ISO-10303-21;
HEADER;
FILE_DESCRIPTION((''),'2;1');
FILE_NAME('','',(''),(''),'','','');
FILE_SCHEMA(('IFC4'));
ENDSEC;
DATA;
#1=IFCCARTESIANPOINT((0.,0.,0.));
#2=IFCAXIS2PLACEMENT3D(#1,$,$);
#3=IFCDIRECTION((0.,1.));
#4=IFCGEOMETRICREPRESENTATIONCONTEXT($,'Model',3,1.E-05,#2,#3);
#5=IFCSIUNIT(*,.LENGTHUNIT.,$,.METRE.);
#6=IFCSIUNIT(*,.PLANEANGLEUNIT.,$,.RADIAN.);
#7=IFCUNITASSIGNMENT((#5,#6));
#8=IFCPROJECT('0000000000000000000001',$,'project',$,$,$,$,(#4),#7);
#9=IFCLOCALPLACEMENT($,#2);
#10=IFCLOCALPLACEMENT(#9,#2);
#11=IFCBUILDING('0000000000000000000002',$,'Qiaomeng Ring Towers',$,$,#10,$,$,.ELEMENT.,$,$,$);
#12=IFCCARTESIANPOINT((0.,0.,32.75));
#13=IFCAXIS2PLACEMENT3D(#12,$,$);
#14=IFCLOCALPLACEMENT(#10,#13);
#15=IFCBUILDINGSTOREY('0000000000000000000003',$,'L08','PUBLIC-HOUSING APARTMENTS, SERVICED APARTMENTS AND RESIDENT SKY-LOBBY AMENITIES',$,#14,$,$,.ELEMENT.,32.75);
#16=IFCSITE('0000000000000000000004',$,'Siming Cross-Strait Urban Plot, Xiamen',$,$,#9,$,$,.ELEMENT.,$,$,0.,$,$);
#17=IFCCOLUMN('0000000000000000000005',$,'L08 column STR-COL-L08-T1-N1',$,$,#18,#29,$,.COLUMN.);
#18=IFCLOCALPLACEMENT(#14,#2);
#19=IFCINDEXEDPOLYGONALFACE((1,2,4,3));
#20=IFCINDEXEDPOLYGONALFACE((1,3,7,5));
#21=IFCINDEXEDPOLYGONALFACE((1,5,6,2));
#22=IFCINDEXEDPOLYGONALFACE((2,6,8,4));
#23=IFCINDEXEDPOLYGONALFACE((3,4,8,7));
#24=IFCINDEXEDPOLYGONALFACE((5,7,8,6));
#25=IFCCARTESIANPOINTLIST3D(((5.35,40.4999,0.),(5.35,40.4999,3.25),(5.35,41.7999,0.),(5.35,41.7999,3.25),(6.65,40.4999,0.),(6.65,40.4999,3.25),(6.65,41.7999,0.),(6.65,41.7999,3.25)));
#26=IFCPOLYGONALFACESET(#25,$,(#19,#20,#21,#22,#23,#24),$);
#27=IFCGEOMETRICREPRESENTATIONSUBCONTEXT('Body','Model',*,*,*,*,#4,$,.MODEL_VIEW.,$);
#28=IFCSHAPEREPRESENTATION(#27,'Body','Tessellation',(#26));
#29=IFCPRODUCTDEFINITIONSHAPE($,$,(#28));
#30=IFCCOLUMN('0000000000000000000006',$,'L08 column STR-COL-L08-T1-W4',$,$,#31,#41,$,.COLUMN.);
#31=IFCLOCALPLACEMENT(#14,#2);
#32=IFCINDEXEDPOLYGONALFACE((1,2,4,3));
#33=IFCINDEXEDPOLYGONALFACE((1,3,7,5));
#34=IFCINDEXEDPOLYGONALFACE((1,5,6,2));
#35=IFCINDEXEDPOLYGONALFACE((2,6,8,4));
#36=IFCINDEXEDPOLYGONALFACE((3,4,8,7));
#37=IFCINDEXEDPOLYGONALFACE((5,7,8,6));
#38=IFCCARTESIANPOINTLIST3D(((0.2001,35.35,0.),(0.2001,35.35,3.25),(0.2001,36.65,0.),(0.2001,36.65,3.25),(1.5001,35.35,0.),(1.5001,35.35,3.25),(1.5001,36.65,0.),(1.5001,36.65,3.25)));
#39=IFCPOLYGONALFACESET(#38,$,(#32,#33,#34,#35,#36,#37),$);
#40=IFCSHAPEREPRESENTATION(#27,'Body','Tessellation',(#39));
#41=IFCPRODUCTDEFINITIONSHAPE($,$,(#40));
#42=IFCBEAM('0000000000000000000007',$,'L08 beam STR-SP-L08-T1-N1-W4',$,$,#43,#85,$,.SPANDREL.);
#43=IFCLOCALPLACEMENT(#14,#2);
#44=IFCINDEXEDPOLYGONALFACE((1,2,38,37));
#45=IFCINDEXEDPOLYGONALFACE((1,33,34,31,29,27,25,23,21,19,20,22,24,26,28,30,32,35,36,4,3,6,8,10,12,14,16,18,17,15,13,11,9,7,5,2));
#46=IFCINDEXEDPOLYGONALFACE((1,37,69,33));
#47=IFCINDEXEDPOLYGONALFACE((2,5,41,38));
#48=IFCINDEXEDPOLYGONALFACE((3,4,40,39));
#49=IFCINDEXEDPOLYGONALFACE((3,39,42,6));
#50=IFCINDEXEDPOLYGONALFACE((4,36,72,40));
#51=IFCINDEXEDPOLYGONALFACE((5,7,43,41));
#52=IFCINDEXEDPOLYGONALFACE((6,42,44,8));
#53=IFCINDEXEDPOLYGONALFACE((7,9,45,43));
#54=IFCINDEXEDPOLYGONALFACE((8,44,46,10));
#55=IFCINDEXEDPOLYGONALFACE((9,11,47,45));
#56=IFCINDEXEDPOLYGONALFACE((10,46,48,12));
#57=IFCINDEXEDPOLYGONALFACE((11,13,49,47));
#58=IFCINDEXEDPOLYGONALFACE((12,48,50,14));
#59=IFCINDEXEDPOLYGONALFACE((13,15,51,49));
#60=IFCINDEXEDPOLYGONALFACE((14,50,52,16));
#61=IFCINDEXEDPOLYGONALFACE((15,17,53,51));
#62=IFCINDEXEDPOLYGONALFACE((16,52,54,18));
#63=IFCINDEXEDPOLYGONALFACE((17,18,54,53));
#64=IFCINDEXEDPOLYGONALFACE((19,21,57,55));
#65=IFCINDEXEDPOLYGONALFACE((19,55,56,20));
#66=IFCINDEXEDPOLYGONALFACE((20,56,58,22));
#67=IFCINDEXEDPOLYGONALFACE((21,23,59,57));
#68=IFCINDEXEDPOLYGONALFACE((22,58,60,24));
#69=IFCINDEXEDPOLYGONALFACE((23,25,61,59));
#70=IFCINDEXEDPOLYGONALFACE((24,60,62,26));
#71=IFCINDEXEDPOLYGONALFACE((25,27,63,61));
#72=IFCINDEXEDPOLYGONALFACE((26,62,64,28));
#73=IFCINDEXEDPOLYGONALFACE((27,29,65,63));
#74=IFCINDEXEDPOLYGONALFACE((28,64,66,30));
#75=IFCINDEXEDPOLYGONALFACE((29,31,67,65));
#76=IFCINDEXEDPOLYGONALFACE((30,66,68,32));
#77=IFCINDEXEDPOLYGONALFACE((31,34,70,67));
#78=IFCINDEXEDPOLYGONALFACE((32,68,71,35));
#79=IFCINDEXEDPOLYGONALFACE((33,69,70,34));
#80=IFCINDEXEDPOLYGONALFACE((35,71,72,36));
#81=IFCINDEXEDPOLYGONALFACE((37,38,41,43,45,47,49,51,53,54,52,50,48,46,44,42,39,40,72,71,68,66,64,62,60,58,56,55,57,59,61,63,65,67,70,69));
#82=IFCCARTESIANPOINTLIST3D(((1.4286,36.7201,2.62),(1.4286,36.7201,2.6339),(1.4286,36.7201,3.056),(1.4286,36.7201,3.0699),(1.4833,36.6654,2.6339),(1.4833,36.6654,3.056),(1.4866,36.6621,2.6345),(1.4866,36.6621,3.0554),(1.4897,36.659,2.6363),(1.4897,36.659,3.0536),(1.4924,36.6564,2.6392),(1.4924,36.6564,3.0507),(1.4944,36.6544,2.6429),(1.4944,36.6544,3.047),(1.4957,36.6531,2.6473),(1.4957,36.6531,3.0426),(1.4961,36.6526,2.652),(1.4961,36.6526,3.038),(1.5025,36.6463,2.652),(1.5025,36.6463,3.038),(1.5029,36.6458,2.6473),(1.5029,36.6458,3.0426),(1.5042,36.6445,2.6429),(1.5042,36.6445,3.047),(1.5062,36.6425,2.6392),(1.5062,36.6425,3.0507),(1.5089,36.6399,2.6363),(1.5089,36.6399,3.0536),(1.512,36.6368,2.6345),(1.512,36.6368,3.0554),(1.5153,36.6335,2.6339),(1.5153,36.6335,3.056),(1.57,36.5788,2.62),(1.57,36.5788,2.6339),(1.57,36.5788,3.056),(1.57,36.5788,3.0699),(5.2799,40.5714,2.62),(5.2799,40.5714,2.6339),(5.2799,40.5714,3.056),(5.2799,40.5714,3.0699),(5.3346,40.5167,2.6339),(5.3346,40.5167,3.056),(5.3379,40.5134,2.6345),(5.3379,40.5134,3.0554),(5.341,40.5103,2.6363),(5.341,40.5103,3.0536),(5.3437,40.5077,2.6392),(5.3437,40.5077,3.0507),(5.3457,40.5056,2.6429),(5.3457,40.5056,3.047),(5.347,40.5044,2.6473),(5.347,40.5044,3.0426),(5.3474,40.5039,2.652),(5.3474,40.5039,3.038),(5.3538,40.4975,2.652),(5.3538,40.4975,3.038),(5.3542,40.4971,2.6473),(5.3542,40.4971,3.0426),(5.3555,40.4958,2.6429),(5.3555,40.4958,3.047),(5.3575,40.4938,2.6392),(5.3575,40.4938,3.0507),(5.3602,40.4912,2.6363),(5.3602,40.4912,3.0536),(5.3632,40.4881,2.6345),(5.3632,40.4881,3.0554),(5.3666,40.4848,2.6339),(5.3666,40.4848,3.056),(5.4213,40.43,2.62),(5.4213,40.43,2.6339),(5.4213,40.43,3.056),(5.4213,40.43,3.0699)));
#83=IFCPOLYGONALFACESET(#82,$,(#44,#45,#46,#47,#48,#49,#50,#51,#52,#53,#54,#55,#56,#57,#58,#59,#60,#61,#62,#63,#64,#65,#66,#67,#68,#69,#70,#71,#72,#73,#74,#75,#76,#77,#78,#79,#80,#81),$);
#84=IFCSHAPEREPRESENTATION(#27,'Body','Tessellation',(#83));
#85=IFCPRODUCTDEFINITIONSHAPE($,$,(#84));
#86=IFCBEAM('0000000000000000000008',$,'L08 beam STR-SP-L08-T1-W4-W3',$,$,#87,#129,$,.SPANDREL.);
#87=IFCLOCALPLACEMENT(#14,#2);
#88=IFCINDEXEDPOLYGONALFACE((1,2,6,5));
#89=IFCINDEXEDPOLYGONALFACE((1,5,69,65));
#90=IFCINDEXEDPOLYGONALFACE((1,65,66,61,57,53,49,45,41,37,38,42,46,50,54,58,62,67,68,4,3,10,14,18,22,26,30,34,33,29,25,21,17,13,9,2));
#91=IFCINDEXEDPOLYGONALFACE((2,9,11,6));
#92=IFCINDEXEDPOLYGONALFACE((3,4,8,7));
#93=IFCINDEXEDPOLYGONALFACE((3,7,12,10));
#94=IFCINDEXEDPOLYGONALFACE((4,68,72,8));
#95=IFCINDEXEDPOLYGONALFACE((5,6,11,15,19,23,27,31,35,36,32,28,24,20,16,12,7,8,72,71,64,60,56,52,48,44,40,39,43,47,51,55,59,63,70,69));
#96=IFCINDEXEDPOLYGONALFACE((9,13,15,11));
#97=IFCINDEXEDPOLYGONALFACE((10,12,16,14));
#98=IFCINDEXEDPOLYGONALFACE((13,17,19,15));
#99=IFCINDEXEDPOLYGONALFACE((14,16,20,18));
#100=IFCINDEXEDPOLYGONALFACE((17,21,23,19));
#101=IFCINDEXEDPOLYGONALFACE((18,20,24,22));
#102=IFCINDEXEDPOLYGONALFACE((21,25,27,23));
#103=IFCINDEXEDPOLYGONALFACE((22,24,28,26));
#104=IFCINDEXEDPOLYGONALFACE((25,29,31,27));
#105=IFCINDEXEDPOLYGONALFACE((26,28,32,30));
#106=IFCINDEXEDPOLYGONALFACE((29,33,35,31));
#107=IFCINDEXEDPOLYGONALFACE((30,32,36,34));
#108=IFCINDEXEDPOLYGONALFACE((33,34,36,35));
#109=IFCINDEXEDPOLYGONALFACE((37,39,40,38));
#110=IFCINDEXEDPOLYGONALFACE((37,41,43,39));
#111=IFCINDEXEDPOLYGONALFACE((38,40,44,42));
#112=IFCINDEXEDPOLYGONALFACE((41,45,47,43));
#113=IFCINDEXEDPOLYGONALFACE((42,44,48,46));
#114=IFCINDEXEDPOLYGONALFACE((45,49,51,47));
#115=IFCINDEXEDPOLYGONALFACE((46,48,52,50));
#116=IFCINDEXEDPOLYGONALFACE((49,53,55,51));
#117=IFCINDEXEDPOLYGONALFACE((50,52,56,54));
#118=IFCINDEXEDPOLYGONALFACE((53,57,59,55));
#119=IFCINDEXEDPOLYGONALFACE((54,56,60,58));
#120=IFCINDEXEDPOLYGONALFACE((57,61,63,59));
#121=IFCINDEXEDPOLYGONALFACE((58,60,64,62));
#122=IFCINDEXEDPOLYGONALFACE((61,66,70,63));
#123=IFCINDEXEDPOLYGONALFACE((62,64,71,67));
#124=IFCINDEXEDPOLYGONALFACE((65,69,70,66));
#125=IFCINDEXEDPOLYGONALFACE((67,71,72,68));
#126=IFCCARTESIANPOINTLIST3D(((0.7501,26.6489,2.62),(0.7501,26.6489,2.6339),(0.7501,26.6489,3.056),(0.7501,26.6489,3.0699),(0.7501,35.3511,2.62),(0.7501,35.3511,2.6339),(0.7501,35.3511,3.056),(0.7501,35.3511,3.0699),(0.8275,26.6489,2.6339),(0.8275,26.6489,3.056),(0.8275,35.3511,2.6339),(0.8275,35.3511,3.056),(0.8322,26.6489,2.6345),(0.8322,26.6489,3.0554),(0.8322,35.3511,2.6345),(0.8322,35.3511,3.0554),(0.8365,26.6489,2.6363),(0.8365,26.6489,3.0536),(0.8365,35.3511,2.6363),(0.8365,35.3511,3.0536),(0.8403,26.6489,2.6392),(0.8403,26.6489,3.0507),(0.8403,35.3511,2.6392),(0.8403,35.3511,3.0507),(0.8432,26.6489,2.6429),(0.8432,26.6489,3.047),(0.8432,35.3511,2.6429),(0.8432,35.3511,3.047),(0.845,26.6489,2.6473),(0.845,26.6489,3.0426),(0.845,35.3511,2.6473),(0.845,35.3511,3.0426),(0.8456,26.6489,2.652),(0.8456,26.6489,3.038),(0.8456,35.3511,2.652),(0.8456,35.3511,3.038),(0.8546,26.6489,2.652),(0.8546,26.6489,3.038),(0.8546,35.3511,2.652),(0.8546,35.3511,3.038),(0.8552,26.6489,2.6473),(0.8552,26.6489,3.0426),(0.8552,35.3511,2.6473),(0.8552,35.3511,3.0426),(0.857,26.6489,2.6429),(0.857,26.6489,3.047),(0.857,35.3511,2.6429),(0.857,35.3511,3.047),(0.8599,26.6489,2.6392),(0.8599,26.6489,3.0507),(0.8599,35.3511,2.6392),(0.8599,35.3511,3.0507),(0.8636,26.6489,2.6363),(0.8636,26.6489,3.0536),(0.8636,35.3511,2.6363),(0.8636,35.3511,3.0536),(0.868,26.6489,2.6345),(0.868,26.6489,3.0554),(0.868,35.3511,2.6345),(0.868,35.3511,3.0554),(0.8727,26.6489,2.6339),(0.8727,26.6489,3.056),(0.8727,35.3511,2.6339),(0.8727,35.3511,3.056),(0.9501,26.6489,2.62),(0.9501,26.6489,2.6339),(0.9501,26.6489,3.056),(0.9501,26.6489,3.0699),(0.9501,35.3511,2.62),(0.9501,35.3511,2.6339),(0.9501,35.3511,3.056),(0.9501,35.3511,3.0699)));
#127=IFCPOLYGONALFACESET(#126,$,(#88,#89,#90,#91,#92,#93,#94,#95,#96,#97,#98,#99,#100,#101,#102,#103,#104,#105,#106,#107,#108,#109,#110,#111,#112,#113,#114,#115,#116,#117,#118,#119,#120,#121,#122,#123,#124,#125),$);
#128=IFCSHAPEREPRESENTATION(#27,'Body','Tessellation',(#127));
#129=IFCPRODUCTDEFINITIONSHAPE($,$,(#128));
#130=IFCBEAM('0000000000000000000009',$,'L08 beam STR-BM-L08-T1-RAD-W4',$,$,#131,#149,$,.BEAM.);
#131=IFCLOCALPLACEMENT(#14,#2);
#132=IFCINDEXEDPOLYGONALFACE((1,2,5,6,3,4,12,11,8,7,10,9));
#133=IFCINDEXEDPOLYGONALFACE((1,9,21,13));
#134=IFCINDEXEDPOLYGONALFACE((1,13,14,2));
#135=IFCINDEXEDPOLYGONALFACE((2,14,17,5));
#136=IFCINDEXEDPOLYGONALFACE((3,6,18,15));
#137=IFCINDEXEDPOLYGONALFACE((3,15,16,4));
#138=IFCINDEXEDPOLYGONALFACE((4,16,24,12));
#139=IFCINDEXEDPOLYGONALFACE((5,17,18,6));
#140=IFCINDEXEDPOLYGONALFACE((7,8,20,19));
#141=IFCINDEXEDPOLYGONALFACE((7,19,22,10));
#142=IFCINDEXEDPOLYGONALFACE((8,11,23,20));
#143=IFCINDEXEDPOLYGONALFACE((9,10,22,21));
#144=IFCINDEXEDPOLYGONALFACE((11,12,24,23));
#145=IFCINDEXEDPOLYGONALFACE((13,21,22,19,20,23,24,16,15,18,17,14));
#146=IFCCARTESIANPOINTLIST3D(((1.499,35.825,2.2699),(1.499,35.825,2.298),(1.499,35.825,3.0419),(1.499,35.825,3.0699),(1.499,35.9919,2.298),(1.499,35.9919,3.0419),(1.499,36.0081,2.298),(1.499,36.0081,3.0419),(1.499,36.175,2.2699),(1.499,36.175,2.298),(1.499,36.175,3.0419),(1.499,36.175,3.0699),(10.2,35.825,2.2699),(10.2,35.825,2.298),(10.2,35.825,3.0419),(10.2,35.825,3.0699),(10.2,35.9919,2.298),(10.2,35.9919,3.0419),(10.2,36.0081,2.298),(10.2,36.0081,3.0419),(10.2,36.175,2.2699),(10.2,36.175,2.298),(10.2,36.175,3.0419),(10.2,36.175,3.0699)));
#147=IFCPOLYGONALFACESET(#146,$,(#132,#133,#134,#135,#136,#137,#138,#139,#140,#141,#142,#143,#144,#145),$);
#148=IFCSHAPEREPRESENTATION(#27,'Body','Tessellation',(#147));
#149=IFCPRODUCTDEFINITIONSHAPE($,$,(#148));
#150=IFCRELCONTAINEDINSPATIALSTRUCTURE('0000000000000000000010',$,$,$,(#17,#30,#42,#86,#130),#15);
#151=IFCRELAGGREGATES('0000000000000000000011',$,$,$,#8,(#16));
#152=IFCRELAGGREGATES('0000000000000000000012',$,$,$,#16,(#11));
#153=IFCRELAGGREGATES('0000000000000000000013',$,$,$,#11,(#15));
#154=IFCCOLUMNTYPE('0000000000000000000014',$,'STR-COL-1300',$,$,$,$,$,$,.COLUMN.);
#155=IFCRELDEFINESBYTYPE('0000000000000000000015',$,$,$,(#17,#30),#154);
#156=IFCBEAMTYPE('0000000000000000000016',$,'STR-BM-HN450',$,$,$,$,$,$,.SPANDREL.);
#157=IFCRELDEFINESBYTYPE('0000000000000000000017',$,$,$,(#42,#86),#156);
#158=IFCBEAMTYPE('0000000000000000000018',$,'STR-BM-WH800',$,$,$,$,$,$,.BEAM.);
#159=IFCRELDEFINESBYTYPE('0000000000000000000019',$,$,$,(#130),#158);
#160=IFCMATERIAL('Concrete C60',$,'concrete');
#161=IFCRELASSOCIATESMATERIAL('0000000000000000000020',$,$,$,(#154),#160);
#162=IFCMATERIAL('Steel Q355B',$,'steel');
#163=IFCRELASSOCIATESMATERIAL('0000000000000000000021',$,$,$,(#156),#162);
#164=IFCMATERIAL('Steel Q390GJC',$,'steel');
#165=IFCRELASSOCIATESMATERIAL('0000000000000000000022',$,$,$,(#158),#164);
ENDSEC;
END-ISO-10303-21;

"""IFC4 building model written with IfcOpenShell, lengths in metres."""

from ifc_helpers import new_model, si_unit, direction, frame, origin, origin_2d, place, context, subcontext, project, spatial, rectangle, i_section, extrude, source, transform, mapped, material, material_profile, profile_set, type_object, element, save


model = new_model("IFC4")

# Units and contexts
model_context = context("Model", 3, precision=1e-05, world=origin(), true_north=direction((0.0, 1.0)))
body_context = subcontext(model_context, "Body", "Model", "MODEL_VIEW")
ifc_project = project(units=[si_unit("LENGTHUNIT", "METRE"), si_unit("PLANEANGLEUNIT", "RADIAN")], contexts=[model_context])

# Site, building, storey
site_placement = place(None, origin())
site = spatial("IfcSite", under=ifc_project, at=site_placement, Name="Siming Cross-Strait Urban Plot, Xiamen", CompositionType="ELEMENT", RefElevation=0.0)
building_placement = place(site_placement, origin())
building = spatial("IfcBuilding", under=site, at=building_placement, Name="Qiaomeng Ring Towers", CompositionType="ELEMENT")
storey_placement = place(building_placement, frame((0.0, 0.0, 32.75)))
storey = spatial("IfcBuildingStorey", under=building, at=storey_placement, Name="L08", Description="PUBLIC-HOUSING APARTMENTS, SERVICED APARTMENTS AND RESIDENT SKY-LOBBY AMENITIES", CompositionType="ELEMENT", Elevation=32.75)

# Columns
ifc_material_1 = material(Name="Concrete C60", Category="concrete")
ifc_material_profile_1 = material_profile(ifc_material_1, rectangle(XDim=1.3, YDim=1.3, at=origin_2d()), Name="RC COL 1300x1300")
ifc_profile_set_1 = profile_set([ifc_material_profile_1], Name="Concrete C60")
column_type = type_object("IfcColumnType", Name="STR-COL-1300", PredefinedType="COLUMN", material=ifc_profile_set_1)
shared_shape_1 = source(origin(), body_context, "Body", "SweptSolid", [
    extrude(rectangle(XDim=1.3, YDim=1.3, at=origin_2d()), origin(), (0.0, 0.0, 1.0), 3.25),
])
for number, where, z_axis, x_axis, name in (
    (1, (6.0, 41.1499, 0.0), (0.0, 0.0, 1.0), (1.0, 0.0, 0.0), "L08 column STR-COL-L08-T1-N1"),
    (2, (0.8501, 36.0, 0.0), (0.0, 0.0, 1.0), (1.0, 0.0, 0.0), "L08 column STR-COL-L08-T1-W4"),
):
    element("IfcColumn", number, at=place(storey_placement, frame(where, z_axis=z_axis, x_axis=x_axis)), inside=storey, type_object=column_type, Name=name, PredefinedType="COLUMN", context=body_context, shape_type="MappedRepresentation", body=[
        mapped(shared_shape_1, transform((0.0, 0.0, 0.0), x_axis=(1.0, 0.0, 0.0), y_axis=(0.0, 1.0, 0.0), z_axis=(0.0, 0.0, 1.0), scale=1.0)),
    ])

# Beams
ifc_material_2 = material(Name="Steel Q355B", Category="steel")
ifc_material_profile_2 = material_profile(ifc_material_2, i_section(OverallWidth=0.2, OverallDepth=0.45, WebThickness=0.009, FlangeThickness=0.0139, FilletRadius=0.0181, at=origin_2d()), Name="HN 450x200x9x14")
ifc_profile_set_2 = profile_set([ifc_material_profile_2], Name="Steel Q355B")
beam_type_1 = type_object("IfcBeamType", Name="STR-BM-HN450", PredefinedType="SPANDREL", material=ifc_profile_set_2)
shared_shape_2 = source(origin(), body_context, "Body", "SweptSolid", [
    extrude(i_section(OverallWidth=0.2, OverallDepth=0.45, WebThickness=0.009, FlangeThickness=0.0139, FilletRadius=0.0181, at=origin_2d()), origin(), (0.0, 0.0, 1.0), 5.4465),
])
beam_1_placement = place(storey_placement, frame((5.3506, 40.5007, 2.845), z_axis=(-0.707107, -0.707107, 0.0), x_axis=(0.707107, -0.707107, 0.0)))
element("IfcBeam", 3, at=beam_1_placement, inside=storey, type_object=beam_type_1, Name="L08 beam STR-SP-L08-T1-N1-W4", PredefinedType="SPANDREL", context=body_context, shape_type="MappedRepresentation", body=[
    mapped(shared_shape_2, transform((0.0, 0.0, 0.0), x_axis=(1.0, 0.0, 0.0), y_axis=(0.0, 1.0, 0.0), z_axis=(0.0, 0.0, 1.0), scale=1.0)),
])
shared_shape_3 = source(origin(), body_context, "Body", "SweptSolid", [
    extrude(i_section(OverallWidth=0.2, OverallDepth=0.45, WebThickness=0.009, FlangeThickness=0.0139, FilletRadius=0.0181, at=origin_2d()), origin(), (0.0, 0.0, 1.0), 8.7021),
])
beam_2_placement = place(storey_placement, frame((0.8501, 35.3511, 2.845), z_axis=(0.0, -1.0, 0.0), x_axis=(1.0, 0.0, 0.0)))
element("IfcBeam", 4, at=beam_2_placement, inside=storey, type_object=beam_type_1, Name="L08 beam STR-SP-L08-T1-W4-W3", PredefinedType="SPANDREL", context=body_context, shape_type="MappedRepresentation", body=[
    mapped(shared_shape_3, transform((0.0, 0.0, 0.0), x_axis=(1.0, 0.0, 0.0), y_axis=(0.0, 1.0, 0.0), z_axis=(0.0, 0.0, 1.0), scale=1.0)),
])
ifc_material_3 = material(Name="Steel Q390GJC", Category="steel")
ifc_material_profile_3 = material_profile(ifc_material_3, i_section(OverallWidth=0.3501, OverallDepth=0.8, WebThickness=0.0161, FlangeThickness=0.0281, at=origin_2d()), Name="WH 800x350x16x28")
ifc_profile_set_3 = profile_set([ifc_material_profile_3], Name="Steel Q390GJC")
beam_type_2 = type_object("IfcBeamType", Name="STR-BM-WH800", PredefinedType="BEAM", material=ifc_profile_set_3)
shared_shape_4 = source(origin(), body_context, "Body", "SweptSolid", [
    extrude(i_section(OverallWidth=0.3501, OverallDepth=0.8, WebThickness=0.0161, FlangeThickness=0.0281, at=origin_2d()), origin(), (0.0, 0.0, 1.0), 8.7009),
])
beam_3_placement = place(storey_placement, frame((1.499, 36.0, 2.6699), z_axis=(1.0, 0.0, 0.0), x_axis=(0.0, 1.0, 0.0)))
element("IfcBeam", 5, at=beam_3_placement, inside=storey, type_object=beam_type_2, Name="L08 beam STR-BM-L08-T1-RAD-W4", PredefinedType="BEAM", context=body_context, shape_type="MappedRepresentation", body=[
    mapped(shared_shape_4, transform((0.0, 0.0, 0.0), x_axis=(1.0, 0.0, 0.0), y_axis=(0.0, 1.0, 0.0), z_axis=(0.0, 0.0, 1.0), scale=1.0)),
])

save(model, "model.ifc")
